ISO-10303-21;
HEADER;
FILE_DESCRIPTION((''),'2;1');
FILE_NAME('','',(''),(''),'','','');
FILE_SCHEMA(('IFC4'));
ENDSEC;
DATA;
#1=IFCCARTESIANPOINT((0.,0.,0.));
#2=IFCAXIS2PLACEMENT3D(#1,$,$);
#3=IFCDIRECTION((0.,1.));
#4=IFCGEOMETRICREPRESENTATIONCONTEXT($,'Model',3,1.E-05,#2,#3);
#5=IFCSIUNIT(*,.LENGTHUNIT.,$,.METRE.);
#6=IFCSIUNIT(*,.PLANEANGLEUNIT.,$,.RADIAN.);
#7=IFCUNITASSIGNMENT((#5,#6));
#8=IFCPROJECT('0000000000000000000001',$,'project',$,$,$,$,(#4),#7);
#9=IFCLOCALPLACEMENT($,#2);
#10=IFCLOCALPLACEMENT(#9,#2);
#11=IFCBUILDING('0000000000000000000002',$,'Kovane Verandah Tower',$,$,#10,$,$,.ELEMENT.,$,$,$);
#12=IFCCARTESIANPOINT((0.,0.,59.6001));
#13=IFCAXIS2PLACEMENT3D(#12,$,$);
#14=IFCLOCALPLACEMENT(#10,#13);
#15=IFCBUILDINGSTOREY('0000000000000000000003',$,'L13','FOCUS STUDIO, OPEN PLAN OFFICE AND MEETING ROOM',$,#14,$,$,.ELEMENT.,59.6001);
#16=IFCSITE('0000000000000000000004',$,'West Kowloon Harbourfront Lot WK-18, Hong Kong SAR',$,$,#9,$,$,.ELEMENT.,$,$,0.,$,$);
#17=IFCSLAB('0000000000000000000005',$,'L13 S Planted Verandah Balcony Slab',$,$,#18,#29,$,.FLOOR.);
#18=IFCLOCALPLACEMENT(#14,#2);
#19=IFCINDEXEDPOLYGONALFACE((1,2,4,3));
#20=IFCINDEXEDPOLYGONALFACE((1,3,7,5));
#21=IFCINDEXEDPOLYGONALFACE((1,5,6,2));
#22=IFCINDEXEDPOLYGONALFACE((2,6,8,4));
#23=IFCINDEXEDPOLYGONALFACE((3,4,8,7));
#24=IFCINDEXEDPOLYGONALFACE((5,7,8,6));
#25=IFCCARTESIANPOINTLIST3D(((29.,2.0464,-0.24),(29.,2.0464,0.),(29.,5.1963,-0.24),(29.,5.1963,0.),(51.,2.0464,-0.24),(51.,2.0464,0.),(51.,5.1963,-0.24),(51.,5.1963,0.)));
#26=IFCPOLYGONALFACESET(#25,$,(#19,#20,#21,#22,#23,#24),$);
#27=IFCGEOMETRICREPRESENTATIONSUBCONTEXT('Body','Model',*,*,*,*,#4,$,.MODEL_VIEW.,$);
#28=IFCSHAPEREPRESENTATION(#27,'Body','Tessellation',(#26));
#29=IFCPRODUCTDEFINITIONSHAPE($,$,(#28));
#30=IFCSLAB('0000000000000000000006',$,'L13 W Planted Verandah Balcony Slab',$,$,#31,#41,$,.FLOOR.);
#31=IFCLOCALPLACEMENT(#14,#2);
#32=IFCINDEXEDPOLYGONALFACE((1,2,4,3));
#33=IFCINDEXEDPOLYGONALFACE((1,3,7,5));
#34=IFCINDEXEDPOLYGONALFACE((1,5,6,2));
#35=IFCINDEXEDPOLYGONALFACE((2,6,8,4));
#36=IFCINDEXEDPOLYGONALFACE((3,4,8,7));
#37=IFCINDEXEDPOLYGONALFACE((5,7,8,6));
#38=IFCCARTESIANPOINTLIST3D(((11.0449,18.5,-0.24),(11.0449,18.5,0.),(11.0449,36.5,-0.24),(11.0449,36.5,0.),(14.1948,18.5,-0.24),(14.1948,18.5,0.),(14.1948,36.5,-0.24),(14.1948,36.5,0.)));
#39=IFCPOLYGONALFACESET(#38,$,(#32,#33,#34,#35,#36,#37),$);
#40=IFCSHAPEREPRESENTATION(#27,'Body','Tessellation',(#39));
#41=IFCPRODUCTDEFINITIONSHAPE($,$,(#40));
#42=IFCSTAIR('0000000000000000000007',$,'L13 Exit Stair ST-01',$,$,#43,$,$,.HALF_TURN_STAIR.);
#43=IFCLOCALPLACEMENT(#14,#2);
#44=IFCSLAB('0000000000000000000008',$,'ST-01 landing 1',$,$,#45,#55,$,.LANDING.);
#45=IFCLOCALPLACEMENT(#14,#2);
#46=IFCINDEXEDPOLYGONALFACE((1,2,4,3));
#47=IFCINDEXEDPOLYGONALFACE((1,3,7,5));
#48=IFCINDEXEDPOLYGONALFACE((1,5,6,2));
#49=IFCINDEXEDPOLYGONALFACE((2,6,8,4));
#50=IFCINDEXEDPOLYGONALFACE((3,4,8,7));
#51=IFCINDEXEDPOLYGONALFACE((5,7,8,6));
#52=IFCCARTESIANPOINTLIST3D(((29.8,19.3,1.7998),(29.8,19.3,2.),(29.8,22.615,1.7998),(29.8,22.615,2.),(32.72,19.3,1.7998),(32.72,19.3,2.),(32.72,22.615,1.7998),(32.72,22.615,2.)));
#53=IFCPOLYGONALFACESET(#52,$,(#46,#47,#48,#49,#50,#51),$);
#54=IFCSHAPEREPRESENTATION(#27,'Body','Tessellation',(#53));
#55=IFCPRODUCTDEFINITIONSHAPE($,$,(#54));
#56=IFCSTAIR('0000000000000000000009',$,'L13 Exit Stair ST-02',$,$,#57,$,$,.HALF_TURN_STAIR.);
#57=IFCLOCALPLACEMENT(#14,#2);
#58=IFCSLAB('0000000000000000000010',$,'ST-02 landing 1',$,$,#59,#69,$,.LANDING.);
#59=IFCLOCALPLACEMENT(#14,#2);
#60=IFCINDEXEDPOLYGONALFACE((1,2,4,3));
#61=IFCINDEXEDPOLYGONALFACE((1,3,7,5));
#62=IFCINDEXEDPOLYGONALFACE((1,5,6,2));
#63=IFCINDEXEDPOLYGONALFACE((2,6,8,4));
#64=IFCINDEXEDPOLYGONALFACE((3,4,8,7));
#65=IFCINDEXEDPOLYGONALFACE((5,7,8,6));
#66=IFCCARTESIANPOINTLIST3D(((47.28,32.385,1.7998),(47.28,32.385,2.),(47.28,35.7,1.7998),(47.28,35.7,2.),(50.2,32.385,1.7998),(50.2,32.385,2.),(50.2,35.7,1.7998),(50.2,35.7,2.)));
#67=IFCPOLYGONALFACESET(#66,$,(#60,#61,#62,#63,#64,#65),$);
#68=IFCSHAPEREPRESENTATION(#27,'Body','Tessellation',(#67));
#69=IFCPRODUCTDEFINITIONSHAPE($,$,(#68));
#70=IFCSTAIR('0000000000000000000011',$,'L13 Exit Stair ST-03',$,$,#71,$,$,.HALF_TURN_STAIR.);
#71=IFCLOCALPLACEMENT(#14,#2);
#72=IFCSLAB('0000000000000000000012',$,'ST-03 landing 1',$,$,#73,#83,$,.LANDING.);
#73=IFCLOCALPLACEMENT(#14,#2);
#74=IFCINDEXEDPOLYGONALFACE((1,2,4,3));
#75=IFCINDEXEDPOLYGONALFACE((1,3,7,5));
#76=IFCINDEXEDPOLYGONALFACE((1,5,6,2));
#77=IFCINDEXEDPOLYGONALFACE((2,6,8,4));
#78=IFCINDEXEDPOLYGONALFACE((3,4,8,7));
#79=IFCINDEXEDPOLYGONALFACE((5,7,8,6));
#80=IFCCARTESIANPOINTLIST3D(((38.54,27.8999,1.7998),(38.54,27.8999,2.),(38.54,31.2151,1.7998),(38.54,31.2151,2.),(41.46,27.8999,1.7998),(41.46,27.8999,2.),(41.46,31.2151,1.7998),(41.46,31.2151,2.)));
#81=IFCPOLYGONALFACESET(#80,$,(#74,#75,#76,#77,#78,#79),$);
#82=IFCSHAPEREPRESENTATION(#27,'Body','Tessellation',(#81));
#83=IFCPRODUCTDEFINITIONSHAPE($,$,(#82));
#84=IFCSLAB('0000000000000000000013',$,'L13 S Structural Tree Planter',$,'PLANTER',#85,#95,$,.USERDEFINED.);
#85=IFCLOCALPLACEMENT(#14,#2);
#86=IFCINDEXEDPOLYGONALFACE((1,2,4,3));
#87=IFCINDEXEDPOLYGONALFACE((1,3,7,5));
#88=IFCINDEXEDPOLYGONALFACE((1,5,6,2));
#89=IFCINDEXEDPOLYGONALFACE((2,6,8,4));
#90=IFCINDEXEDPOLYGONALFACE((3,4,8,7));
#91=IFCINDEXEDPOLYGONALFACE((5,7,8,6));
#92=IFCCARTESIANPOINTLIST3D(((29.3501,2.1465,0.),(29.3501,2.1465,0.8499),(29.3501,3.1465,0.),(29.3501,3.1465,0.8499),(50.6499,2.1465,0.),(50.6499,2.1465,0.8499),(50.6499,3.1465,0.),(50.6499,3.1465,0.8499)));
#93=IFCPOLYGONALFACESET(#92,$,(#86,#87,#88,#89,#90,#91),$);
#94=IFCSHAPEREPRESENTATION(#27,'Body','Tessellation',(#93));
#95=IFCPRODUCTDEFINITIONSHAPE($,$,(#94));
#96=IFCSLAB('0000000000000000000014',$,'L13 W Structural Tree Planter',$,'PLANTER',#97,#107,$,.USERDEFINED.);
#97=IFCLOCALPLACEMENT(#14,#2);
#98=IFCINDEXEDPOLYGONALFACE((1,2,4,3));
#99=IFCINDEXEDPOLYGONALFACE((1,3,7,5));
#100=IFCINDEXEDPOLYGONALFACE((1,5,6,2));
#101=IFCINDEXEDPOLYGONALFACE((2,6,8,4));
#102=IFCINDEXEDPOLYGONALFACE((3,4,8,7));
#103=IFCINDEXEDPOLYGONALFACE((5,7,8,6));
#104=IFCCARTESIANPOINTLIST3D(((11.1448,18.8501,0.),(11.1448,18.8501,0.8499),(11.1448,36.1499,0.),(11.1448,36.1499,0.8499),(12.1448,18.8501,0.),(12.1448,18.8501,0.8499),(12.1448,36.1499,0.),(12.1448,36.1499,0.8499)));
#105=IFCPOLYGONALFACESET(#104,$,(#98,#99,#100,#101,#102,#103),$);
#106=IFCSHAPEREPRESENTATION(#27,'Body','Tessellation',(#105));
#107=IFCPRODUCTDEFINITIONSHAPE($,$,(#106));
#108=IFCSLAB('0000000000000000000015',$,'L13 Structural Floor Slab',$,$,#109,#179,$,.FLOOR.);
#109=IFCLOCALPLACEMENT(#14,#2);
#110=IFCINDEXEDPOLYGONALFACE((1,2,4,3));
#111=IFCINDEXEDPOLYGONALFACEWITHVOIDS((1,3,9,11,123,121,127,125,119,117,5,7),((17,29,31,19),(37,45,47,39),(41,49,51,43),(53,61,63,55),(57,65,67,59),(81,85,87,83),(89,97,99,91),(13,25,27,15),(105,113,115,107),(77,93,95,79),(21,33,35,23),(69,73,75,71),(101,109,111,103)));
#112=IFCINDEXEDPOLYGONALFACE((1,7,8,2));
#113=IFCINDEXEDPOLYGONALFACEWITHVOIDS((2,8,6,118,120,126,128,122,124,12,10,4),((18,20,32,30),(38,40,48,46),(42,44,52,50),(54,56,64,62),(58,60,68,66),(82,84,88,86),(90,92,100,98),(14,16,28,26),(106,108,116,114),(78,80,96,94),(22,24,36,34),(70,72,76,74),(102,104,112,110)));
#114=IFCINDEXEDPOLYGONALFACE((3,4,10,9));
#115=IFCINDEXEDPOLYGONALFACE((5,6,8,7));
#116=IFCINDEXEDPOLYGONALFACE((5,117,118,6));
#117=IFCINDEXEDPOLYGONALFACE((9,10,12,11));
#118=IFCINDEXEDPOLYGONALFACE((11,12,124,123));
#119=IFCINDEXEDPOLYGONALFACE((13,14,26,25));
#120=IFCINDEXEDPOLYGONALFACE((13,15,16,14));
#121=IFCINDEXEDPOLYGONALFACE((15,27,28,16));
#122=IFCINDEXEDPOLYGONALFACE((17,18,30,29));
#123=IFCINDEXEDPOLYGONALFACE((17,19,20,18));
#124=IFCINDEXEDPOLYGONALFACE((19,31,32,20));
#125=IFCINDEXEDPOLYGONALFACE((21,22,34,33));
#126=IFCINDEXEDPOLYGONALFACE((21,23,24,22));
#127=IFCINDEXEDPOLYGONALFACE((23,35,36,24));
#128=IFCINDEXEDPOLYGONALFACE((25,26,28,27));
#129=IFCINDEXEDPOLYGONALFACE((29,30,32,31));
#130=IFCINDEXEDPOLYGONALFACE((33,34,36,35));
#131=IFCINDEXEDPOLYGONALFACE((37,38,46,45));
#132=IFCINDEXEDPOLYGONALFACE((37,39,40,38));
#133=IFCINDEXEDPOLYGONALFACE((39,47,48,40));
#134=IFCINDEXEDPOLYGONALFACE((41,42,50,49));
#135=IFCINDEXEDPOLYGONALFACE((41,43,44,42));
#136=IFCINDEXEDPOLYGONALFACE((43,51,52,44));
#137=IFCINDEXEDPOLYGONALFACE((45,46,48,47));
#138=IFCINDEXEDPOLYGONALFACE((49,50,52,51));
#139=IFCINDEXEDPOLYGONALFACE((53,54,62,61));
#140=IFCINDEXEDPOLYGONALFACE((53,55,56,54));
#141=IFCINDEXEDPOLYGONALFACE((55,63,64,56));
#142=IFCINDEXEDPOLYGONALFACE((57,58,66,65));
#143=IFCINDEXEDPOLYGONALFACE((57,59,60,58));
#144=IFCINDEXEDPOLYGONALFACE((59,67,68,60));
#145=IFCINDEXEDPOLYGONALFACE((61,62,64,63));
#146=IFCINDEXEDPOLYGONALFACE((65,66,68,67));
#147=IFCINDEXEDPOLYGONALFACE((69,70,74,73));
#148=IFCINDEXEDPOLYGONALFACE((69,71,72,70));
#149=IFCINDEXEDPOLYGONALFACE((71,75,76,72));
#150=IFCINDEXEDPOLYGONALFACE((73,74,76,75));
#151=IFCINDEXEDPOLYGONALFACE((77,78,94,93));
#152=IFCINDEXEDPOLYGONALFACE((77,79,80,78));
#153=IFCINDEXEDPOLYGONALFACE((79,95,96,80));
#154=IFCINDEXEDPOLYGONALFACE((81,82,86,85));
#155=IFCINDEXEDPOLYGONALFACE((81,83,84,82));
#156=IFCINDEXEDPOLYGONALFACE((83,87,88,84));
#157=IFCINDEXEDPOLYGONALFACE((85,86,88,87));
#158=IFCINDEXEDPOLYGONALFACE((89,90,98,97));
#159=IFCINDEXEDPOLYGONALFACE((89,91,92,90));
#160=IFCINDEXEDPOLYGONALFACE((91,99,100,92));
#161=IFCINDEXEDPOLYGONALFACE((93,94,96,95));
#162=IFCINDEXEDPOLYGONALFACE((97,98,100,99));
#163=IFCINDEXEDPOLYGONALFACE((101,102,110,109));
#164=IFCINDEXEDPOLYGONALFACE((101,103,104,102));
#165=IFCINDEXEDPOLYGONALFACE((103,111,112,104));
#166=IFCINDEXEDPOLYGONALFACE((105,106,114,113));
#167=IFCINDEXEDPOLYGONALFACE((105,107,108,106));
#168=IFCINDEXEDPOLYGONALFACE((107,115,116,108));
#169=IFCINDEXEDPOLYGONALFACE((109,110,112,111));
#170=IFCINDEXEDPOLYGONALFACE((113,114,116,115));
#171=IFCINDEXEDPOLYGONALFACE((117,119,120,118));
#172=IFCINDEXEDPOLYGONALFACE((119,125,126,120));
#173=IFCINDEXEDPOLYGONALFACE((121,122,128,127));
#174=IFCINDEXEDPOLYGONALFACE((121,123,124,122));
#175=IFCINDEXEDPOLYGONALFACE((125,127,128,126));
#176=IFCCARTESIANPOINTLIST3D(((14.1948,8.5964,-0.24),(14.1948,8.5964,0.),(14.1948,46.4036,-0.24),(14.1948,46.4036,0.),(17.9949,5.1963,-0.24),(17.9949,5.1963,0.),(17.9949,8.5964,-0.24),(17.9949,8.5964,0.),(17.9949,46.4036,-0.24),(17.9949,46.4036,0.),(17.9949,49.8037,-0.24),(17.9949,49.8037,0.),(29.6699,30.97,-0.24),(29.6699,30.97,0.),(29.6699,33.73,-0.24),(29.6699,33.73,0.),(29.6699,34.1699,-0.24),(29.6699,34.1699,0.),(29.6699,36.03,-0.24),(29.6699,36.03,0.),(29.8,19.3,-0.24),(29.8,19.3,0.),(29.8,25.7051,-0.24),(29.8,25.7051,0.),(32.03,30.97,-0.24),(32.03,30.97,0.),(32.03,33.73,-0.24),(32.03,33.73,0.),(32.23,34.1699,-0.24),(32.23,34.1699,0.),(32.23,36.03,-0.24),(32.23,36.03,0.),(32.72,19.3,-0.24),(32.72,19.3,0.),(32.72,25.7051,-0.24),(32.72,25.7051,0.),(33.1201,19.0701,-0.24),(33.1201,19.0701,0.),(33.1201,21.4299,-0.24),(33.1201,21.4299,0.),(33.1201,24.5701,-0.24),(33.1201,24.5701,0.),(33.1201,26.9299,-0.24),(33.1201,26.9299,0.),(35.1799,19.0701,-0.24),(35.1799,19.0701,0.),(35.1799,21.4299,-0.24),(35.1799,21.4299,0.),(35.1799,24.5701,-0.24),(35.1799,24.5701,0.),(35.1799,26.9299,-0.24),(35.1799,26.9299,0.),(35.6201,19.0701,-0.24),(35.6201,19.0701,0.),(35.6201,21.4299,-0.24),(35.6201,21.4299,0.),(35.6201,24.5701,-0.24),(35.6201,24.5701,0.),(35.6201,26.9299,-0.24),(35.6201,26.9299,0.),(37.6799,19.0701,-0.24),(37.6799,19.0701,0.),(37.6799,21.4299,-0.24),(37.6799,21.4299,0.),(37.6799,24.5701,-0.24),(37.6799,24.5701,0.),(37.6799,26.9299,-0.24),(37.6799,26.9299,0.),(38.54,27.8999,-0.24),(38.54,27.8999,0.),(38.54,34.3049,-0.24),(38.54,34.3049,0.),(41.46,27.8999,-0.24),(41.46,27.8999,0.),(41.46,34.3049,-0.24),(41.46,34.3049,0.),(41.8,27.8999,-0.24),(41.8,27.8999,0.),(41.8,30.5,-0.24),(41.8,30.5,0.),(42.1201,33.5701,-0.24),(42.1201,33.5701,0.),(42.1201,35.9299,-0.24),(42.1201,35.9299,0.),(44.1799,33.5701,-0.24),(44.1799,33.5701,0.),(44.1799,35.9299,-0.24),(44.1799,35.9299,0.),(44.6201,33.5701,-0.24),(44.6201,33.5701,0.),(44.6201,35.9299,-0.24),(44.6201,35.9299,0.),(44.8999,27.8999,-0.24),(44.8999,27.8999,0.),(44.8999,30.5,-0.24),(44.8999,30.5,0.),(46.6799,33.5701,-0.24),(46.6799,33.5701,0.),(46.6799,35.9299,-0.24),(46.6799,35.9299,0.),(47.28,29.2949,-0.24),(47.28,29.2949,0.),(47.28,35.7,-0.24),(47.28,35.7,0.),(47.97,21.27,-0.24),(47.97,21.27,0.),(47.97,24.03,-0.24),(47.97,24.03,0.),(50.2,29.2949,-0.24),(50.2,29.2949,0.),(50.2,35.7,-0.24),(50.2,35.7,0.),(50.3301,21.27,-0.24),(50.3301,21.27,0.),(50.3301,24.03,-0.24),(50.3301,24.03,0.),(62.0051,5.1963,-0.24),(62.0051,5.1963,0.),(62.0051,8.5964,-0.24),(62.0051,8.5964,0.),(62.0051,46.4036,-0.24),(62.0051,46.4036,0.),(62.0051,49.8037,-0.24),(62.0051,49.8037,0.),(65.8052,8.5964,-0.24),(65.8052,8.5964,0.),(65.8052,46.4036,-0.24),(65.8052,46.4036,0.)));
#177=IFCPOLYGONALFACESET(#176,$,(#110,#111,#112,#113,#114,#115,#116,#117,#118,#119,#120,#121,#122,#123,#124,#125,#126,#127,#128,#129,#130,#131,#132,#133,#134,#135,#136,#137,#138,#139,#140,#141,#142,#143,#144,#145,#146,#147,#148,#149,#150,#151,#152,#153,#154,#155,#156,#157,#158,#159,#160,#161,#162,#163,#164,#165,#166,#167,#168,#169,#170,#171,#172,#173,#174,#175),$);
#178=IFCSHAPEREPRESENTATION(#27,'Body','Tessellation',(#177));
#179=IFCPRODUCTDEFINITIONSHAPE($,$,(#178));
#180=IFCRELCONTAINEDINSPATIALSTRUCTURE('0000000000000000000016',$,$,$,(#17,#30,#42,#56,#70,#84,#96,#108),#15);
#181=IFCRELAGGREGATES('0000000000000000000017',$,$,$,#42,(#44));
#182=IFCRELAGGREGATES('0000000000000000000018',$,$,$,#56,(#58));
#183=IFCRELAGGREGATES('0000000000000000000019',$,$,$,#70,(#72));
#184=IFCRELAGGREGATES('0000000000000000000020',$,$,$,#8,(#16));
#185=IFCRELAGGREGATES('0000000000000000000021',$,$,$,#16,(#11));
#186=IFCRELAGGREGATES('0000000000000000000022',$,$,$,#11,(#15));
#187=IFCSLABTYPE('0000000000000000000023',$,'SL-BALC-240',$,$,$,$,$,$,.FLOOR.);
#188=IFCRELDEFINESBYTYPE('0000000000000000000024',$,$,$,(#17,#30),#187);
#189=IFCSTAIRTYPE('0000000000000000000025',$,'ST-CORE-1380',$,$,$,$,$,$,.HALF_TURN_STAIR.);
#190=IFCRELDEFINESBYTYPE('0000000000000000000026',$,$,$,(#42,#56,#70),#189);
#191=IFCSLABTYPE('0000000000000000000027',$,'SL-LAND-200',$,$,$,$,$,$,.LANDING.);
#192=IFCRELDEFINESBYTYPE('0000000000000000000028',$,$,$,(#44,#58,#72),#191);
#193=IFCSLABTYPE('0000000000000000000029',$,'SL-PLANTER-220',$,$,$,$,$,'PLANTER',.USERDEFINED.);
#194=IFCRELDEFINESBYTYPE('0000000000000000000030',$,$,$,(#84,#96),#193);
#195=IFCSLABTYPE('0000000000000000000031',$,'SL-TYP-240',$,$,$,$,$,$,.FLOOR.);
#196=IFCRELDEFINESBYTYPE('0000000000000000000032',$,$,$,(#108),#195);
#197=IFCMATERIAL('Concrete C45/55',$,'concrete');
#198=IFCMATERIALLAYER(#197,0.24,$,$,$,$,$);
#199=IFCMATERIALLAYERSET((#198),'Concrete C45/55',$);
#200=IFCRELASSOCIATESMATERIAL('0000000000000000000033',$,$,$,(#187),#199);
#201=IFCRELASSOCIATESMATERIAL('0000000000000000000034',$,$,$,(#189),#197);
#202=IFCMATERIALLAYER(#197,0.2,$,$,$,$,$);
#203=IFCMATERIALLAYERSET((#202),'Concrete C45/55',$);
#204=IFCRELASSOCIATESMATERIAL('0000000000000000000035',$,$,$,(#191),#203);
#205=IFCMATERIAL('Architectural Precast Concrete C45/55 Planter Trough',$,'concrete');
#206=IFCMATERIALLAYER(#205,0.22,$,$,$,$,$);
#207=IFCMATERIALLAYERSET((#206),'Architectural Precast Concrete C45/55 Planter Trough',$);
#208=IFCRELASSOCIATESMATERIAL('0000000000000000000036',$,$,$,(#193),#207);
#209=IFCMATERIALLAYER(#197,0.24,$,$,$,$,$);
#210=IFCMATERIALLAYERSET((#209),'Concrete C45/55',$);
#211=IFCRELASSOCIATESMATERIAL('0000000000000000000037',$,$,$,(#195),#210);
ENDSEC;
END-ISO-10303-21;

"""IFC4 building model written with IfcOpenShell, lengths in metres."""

from ifc_helpers import new_model, si_unit, direction, frame, origin, place, context, subcontext, project, spatial, polyline, outline, extrude, material, layer, layer_set, type_object, element, aggregate, save


model = new_model("IFC4")

# Units and contexts
model_context = context("Model", 3, precision=1e-05, world=origin(), true_north=direction((0.0, 1.0)))
body_context = subcontext(model_context, "Body", "Model", "MODEL_VIEW")
ifc_project = project(units=[si_unit("LENGTHUNIT", "METRE"), si_unit("PLANEANGLEUNIT", "RADIAN")], contexts=[model_context])

# Site, building, storey
site_placement = place(None, origin())
site = spatial("IfcSite", under=ifc_project, at=site_placement, Name="West Kowloon Harbourfront Lot WK-18, Hong Kong SAR", CompositionType="ELEMENT", RefElevation=0.0)
building_placement = place(site_placement, origin())
building = spatial("IfcBuilding", under=site, at=building_placement, Name="Kovane Verandah Tower", CompositionType="ELEMENT")
storey_placement = place(building_placement, frame((0.0, 0.0, 59.6001)))
storey = spatial("IfcBuildingStorey", under=building, at=storey_placement, Name="L13", Description="FOCUS STUDIO, OPEN PLAN OFFICE AND MEETING ROOM", CompositionType="ELEMENT", Elevation=59.6001)

# Slabs
ifc_material_1 = material(Name="Concrete C45/55", Category="concrete")
ifc_layer_1 = layer(ifc_material_1, 0.24)
ifc_layer_set_1 = layer_set([ifc_layer_1], Name="Concrete C45/55")
slab_type_1 = type_object("IfcSlabType", Name="SL-BALC-240", PredefinedType="FLOOR", material=ifc_layer_set_1)
slab_1_placement = place(storey_placement, frame((0.0, 0.0, -0.24)))
element("IfcSlab", 1, at=slab_1_placement, inside=storey, type_object=slab_type_1, Name="L13 S Planted Verandah Balcony Slab", PredefinedType="FLOOR", context=body_context, shape_type="SweptSolid", body=[
    extrude(outline(polyline([(29.0, 2.0464), (51.0, 2.0464), (51.0, 5.1963), (29.0, 5.1963), (29.0, 2.0464)])), origin(), (0.0, 0.0, 1.0), 0.24),
])
slab_2_placement = place(storey_placement, frame((0.0, 0.0, -0.24)))
element("IfcSlab", 2, at=slab_2_placement, inside=storey, type_object=slab_type_1, Name="L13 W Planted Verandah Balcony Slab", PredefinedType="FLOOR", context=body_context, shape_type="SweptSolid", body=[
    extrude(outline(polyline([(11.0449, 18.5), (14.1948, 18.5), (14.1948, 36.5), (11.0449, 36.5), (11.0449, 18.5)])), origin(), (0.0, 0.0, 1.0), 0.24),
])

# Stairs, slabs
stair_type = type_object("IfcStairType", Name="ST-CORE-1380", PredefinedType="HALF_TURN_STAIR", material=ifc_material_1)
stair_1_placement = place(storey_placement, origin())
stair_1 = element("IfcStair", 3, at=stair_1_placement, inside=storey, type_object=stair_type, Name="L13 Exit Stair ST-01", PredefinedType="HALF_TURN_STAIR")
ifc_layer_2 = layer(ifc_material_1, 0.2)
ifc_layer_set_2 = layer_set([ifc_layer_2], Name="Concrete C45/55")
slab_type_2 = type_object("IfcSlabType", Name="SL-LAND-200", PredefinedType="LANDING", material=ifc_layer_set_2)
slab_3_placement = place(storey_placement, frame((0.0, 0.0, 1.7998)))
slab_3 = element("IfcSlab", 4, at=slab_3_placement, type_object=slab_type_2, Name="ST-01 landing 1", PredefinedType="LANDING", context=body_context, shape_type="SweptSolid", body=[
    extrude(outline(polyline([(29.8, 22.615), (29.8, 19.3), (32.72, 19.3), (32.72, 22.615), (29.8, 22.615)])), origin(), (0.0, 0.0, 1.0), 0.2002),
])
aggregate(stair_1, [slab_3])
stair_2_placement = place(storey_placement, origin())
stair_2 = element("IfcStair", 5, at=stair_2_placement, inside=storey, type_object=stair_type, Name="L13 Exit Stair ST-02", PredefinedType="HALF_TURN_STAIR")
slab_4_placement = place(storey_placement, frame((0.0, 0.0, 1.7998)))
slab_4 = element("IfcSlab", 6, at=slab_4_placement, type_object=slab_type_2, Name="ST-02 landing 1", PredefinedType="LANDING", context=body_context, shape_type="SweptSolid", body=[
    extrude(outline(polyline([(50.2, 32.385), (50.2, 35.7), (47.28, 35.7), (47.28, 32.385), (50.2, 32.385)])), origin(), (0.0, 0.0, 1.0), 0.2002),
])
aggregate(stair_2, [slab_4])
stair_3_placement = place(storey_placement, origin())
stair_3 = element("IfcStair", 7, at=stair_3_placement, inside=storey, type_object=stair_type, Name="L13 Exit Stair ST-03", PredefinedType="HALF_TURN_STAIR")
slab_5_placement = place(storey_placement, frame((0.0, 0.0, 1.7998)))
slab_5 = element("IfcSlab", 8, at=slab_5_placement, type_object=slab_type_2, Name="ST-03 landing 1", PredefinedType="LANDING", context=body_context, shape_type="SweptSolid", body=[
    extrude(outline(polyline([(38.54, 31.2151), (38.54, 27.8999), (41.46, 27.8999), (41.46, 31.2151), (38.54, 31.2151)])), origin(), (0.0, 0.0, 1.0), 0.2002),
])
aggregate(stair_3, [slab_5])

# Slabs
ifc_material_2 = material(Name="Architectural Precast Concrete C45/55 Planter Trough", Category="concrete")
ifc_layer_3 = layer(ifc_material_2, 0.22)
ifc_layer_set_3 = layer_set([ifc_layer_3], Name="Architectural Precast Concrete C45/55 Planter Trough")
slab_type_3 = type_object("IfcSlabType", Name="SL-PLANTER-220", ElementType="PLANTER", PredefinedType="USERDEFINED", material=ifc_layer_set_3)
slab_6_placement = place(storey_placement, origin())
element("IfcSlab", 9, at=slab_6_placement, inside=storey, type_object=slab_type_3, Name="L13 S Structural Tree Planter", ObjectType="PLANTER", PredefinedType="USERDEFINED", context=body_context, shape_type="SweptSolid", body=[
    extrude(outline(polyline([(29.3501, 2.1465), (50.6499, 2.1465), (50.6499, 3.1465), (29.3501, 3.1465), (29.3501, 2.1465)])), origin(), (0.0, 0.0, 1.0), 0.8499),
])
slab_7_placement = place(storey_placement, origin())
element("IfcSlab", 10, at=slab_7_placement, inside=storey, type_object=slab_type_3, Name="L13 W Structural Tree Planter", ObjectType="PLANTER", PredefinedType="USERDEFINED", context=body_context, shape_type="SweptSolid", body=[
    extrude(outline(polyline([(11.1448, 18.8501), (12.1448, 18.8501), (12.1448, 36.1499), (11.1448, 36.1499), (11.1448, 18.8501)])), origin(), (0.0, 0.0, 1.0), 0.8499),
])
ifc_layer_4 = layer(ifc_material_1, 0.24)
ifc_layer_set_4 = layer_set([ifc_layer_4], Name="Concrete C45/55")
slab_type_4 = type_object("IfcSlabType", Name="SL-TYP-240", PredefinedType="FLOOR", material=ifc_layer_set_4)
slab_8_placement = place(storey_placement, frame((0.0, 0.0, -0.24)))
element("IfcSlab", 11, at=slab_8_placement, inside=storey, type_object=slab_type_4, Name="L13 Structural Floor Slab", PredefinedType="FLOOR", context=body_context, shape_type="SweptSolid", body=[
    extrude(outline(polyline([(17.9949, 5.1963), (62.0051, 5.1963), (62.0051, 8.5964), (65.8052, 8.5964), (65.8052, 46.4036), (62.0051, 46.4036), (62.0051, 49.8037), (17.9949, 49.8037), (17.9949, 46.4036), (14.1948, 46.4036), (14.1948, 8.5964), (17.9949, 8.5964), (17.9949, 5.1963)]), holes=[polyline([(29.8, 19.3), (32.72, 19.3), (32.72, 25.7051), (29.8, 25.7051), (29.8, 19.3)]), polyline([(47.28, 29.2949), (50.2, 29.2949), (50.2, 35.7), (47.28, 35.7), (47.28, 29.2949)]), polyline([(38.54, 27.8999), (41.46, 27.8999), (41.46, 34.3049), (38.54, 34.3049), (38.54, 27.8999)]), polyline([(29.6699, 30.97), (32.03, 30.97), (32.03, 33.73), (29.6699, 33.73), (29.6699, 30.97)]), polyline([(47.97, 21.27), (50.3301, 21.27), (50.3301, 24.03), (47.97, 24.03), (47.97, 21.27)]), polyline([(29.6699, 34.1699), (32.23, 34.1699), (32.23, 36.03), (29.6699, 36.03), (29.6699, 34.1699)]), polyline([(33.1201, 19.0701), (35.1799, 19.0701), (35.1799, 21.4299), (33.1201, 21.4299), (33.1201, 19.0701)]), polyline([(35.6201, 19.0701), (37.6799, 19.0701), (37.6799, 21.4299), (35.6201, 21.4299), (35.6201, 19.0701)]), polyline([(33.1201, 24.5701), (35.1799, 24.5701), (35.1799, 26.9299), (33.1201, 26.9299), (33.1201, 24.5701)]), polyline([(35.6201, 24.5701), (37.6799, 24.5701), (37.6799, 26.9299), (35.6201, 26.9299), (35.6201, 24.5701)]), polyline([(42.1201, 33.5701), (44.1799, 33.5701), (44.1799, 35.9299), (42.1201, 35.9299), (42.1201, 33.5701)]), polyline([(44.6201, 33.5701), (46.6799, 33.5701), (46.6799, 35.9299), (44.6201, 35.9299), (44.6201, 33.5701)]), polyline([(41.8, 27.8999), (44.8999, 27.8999), (44.8999, 30.5), (41.8, 30.5), (41.8, 27.8999)])]), origin(), (0.0, 0.0, 1.0), 0.24),
])

save(model, "model.ifc")
